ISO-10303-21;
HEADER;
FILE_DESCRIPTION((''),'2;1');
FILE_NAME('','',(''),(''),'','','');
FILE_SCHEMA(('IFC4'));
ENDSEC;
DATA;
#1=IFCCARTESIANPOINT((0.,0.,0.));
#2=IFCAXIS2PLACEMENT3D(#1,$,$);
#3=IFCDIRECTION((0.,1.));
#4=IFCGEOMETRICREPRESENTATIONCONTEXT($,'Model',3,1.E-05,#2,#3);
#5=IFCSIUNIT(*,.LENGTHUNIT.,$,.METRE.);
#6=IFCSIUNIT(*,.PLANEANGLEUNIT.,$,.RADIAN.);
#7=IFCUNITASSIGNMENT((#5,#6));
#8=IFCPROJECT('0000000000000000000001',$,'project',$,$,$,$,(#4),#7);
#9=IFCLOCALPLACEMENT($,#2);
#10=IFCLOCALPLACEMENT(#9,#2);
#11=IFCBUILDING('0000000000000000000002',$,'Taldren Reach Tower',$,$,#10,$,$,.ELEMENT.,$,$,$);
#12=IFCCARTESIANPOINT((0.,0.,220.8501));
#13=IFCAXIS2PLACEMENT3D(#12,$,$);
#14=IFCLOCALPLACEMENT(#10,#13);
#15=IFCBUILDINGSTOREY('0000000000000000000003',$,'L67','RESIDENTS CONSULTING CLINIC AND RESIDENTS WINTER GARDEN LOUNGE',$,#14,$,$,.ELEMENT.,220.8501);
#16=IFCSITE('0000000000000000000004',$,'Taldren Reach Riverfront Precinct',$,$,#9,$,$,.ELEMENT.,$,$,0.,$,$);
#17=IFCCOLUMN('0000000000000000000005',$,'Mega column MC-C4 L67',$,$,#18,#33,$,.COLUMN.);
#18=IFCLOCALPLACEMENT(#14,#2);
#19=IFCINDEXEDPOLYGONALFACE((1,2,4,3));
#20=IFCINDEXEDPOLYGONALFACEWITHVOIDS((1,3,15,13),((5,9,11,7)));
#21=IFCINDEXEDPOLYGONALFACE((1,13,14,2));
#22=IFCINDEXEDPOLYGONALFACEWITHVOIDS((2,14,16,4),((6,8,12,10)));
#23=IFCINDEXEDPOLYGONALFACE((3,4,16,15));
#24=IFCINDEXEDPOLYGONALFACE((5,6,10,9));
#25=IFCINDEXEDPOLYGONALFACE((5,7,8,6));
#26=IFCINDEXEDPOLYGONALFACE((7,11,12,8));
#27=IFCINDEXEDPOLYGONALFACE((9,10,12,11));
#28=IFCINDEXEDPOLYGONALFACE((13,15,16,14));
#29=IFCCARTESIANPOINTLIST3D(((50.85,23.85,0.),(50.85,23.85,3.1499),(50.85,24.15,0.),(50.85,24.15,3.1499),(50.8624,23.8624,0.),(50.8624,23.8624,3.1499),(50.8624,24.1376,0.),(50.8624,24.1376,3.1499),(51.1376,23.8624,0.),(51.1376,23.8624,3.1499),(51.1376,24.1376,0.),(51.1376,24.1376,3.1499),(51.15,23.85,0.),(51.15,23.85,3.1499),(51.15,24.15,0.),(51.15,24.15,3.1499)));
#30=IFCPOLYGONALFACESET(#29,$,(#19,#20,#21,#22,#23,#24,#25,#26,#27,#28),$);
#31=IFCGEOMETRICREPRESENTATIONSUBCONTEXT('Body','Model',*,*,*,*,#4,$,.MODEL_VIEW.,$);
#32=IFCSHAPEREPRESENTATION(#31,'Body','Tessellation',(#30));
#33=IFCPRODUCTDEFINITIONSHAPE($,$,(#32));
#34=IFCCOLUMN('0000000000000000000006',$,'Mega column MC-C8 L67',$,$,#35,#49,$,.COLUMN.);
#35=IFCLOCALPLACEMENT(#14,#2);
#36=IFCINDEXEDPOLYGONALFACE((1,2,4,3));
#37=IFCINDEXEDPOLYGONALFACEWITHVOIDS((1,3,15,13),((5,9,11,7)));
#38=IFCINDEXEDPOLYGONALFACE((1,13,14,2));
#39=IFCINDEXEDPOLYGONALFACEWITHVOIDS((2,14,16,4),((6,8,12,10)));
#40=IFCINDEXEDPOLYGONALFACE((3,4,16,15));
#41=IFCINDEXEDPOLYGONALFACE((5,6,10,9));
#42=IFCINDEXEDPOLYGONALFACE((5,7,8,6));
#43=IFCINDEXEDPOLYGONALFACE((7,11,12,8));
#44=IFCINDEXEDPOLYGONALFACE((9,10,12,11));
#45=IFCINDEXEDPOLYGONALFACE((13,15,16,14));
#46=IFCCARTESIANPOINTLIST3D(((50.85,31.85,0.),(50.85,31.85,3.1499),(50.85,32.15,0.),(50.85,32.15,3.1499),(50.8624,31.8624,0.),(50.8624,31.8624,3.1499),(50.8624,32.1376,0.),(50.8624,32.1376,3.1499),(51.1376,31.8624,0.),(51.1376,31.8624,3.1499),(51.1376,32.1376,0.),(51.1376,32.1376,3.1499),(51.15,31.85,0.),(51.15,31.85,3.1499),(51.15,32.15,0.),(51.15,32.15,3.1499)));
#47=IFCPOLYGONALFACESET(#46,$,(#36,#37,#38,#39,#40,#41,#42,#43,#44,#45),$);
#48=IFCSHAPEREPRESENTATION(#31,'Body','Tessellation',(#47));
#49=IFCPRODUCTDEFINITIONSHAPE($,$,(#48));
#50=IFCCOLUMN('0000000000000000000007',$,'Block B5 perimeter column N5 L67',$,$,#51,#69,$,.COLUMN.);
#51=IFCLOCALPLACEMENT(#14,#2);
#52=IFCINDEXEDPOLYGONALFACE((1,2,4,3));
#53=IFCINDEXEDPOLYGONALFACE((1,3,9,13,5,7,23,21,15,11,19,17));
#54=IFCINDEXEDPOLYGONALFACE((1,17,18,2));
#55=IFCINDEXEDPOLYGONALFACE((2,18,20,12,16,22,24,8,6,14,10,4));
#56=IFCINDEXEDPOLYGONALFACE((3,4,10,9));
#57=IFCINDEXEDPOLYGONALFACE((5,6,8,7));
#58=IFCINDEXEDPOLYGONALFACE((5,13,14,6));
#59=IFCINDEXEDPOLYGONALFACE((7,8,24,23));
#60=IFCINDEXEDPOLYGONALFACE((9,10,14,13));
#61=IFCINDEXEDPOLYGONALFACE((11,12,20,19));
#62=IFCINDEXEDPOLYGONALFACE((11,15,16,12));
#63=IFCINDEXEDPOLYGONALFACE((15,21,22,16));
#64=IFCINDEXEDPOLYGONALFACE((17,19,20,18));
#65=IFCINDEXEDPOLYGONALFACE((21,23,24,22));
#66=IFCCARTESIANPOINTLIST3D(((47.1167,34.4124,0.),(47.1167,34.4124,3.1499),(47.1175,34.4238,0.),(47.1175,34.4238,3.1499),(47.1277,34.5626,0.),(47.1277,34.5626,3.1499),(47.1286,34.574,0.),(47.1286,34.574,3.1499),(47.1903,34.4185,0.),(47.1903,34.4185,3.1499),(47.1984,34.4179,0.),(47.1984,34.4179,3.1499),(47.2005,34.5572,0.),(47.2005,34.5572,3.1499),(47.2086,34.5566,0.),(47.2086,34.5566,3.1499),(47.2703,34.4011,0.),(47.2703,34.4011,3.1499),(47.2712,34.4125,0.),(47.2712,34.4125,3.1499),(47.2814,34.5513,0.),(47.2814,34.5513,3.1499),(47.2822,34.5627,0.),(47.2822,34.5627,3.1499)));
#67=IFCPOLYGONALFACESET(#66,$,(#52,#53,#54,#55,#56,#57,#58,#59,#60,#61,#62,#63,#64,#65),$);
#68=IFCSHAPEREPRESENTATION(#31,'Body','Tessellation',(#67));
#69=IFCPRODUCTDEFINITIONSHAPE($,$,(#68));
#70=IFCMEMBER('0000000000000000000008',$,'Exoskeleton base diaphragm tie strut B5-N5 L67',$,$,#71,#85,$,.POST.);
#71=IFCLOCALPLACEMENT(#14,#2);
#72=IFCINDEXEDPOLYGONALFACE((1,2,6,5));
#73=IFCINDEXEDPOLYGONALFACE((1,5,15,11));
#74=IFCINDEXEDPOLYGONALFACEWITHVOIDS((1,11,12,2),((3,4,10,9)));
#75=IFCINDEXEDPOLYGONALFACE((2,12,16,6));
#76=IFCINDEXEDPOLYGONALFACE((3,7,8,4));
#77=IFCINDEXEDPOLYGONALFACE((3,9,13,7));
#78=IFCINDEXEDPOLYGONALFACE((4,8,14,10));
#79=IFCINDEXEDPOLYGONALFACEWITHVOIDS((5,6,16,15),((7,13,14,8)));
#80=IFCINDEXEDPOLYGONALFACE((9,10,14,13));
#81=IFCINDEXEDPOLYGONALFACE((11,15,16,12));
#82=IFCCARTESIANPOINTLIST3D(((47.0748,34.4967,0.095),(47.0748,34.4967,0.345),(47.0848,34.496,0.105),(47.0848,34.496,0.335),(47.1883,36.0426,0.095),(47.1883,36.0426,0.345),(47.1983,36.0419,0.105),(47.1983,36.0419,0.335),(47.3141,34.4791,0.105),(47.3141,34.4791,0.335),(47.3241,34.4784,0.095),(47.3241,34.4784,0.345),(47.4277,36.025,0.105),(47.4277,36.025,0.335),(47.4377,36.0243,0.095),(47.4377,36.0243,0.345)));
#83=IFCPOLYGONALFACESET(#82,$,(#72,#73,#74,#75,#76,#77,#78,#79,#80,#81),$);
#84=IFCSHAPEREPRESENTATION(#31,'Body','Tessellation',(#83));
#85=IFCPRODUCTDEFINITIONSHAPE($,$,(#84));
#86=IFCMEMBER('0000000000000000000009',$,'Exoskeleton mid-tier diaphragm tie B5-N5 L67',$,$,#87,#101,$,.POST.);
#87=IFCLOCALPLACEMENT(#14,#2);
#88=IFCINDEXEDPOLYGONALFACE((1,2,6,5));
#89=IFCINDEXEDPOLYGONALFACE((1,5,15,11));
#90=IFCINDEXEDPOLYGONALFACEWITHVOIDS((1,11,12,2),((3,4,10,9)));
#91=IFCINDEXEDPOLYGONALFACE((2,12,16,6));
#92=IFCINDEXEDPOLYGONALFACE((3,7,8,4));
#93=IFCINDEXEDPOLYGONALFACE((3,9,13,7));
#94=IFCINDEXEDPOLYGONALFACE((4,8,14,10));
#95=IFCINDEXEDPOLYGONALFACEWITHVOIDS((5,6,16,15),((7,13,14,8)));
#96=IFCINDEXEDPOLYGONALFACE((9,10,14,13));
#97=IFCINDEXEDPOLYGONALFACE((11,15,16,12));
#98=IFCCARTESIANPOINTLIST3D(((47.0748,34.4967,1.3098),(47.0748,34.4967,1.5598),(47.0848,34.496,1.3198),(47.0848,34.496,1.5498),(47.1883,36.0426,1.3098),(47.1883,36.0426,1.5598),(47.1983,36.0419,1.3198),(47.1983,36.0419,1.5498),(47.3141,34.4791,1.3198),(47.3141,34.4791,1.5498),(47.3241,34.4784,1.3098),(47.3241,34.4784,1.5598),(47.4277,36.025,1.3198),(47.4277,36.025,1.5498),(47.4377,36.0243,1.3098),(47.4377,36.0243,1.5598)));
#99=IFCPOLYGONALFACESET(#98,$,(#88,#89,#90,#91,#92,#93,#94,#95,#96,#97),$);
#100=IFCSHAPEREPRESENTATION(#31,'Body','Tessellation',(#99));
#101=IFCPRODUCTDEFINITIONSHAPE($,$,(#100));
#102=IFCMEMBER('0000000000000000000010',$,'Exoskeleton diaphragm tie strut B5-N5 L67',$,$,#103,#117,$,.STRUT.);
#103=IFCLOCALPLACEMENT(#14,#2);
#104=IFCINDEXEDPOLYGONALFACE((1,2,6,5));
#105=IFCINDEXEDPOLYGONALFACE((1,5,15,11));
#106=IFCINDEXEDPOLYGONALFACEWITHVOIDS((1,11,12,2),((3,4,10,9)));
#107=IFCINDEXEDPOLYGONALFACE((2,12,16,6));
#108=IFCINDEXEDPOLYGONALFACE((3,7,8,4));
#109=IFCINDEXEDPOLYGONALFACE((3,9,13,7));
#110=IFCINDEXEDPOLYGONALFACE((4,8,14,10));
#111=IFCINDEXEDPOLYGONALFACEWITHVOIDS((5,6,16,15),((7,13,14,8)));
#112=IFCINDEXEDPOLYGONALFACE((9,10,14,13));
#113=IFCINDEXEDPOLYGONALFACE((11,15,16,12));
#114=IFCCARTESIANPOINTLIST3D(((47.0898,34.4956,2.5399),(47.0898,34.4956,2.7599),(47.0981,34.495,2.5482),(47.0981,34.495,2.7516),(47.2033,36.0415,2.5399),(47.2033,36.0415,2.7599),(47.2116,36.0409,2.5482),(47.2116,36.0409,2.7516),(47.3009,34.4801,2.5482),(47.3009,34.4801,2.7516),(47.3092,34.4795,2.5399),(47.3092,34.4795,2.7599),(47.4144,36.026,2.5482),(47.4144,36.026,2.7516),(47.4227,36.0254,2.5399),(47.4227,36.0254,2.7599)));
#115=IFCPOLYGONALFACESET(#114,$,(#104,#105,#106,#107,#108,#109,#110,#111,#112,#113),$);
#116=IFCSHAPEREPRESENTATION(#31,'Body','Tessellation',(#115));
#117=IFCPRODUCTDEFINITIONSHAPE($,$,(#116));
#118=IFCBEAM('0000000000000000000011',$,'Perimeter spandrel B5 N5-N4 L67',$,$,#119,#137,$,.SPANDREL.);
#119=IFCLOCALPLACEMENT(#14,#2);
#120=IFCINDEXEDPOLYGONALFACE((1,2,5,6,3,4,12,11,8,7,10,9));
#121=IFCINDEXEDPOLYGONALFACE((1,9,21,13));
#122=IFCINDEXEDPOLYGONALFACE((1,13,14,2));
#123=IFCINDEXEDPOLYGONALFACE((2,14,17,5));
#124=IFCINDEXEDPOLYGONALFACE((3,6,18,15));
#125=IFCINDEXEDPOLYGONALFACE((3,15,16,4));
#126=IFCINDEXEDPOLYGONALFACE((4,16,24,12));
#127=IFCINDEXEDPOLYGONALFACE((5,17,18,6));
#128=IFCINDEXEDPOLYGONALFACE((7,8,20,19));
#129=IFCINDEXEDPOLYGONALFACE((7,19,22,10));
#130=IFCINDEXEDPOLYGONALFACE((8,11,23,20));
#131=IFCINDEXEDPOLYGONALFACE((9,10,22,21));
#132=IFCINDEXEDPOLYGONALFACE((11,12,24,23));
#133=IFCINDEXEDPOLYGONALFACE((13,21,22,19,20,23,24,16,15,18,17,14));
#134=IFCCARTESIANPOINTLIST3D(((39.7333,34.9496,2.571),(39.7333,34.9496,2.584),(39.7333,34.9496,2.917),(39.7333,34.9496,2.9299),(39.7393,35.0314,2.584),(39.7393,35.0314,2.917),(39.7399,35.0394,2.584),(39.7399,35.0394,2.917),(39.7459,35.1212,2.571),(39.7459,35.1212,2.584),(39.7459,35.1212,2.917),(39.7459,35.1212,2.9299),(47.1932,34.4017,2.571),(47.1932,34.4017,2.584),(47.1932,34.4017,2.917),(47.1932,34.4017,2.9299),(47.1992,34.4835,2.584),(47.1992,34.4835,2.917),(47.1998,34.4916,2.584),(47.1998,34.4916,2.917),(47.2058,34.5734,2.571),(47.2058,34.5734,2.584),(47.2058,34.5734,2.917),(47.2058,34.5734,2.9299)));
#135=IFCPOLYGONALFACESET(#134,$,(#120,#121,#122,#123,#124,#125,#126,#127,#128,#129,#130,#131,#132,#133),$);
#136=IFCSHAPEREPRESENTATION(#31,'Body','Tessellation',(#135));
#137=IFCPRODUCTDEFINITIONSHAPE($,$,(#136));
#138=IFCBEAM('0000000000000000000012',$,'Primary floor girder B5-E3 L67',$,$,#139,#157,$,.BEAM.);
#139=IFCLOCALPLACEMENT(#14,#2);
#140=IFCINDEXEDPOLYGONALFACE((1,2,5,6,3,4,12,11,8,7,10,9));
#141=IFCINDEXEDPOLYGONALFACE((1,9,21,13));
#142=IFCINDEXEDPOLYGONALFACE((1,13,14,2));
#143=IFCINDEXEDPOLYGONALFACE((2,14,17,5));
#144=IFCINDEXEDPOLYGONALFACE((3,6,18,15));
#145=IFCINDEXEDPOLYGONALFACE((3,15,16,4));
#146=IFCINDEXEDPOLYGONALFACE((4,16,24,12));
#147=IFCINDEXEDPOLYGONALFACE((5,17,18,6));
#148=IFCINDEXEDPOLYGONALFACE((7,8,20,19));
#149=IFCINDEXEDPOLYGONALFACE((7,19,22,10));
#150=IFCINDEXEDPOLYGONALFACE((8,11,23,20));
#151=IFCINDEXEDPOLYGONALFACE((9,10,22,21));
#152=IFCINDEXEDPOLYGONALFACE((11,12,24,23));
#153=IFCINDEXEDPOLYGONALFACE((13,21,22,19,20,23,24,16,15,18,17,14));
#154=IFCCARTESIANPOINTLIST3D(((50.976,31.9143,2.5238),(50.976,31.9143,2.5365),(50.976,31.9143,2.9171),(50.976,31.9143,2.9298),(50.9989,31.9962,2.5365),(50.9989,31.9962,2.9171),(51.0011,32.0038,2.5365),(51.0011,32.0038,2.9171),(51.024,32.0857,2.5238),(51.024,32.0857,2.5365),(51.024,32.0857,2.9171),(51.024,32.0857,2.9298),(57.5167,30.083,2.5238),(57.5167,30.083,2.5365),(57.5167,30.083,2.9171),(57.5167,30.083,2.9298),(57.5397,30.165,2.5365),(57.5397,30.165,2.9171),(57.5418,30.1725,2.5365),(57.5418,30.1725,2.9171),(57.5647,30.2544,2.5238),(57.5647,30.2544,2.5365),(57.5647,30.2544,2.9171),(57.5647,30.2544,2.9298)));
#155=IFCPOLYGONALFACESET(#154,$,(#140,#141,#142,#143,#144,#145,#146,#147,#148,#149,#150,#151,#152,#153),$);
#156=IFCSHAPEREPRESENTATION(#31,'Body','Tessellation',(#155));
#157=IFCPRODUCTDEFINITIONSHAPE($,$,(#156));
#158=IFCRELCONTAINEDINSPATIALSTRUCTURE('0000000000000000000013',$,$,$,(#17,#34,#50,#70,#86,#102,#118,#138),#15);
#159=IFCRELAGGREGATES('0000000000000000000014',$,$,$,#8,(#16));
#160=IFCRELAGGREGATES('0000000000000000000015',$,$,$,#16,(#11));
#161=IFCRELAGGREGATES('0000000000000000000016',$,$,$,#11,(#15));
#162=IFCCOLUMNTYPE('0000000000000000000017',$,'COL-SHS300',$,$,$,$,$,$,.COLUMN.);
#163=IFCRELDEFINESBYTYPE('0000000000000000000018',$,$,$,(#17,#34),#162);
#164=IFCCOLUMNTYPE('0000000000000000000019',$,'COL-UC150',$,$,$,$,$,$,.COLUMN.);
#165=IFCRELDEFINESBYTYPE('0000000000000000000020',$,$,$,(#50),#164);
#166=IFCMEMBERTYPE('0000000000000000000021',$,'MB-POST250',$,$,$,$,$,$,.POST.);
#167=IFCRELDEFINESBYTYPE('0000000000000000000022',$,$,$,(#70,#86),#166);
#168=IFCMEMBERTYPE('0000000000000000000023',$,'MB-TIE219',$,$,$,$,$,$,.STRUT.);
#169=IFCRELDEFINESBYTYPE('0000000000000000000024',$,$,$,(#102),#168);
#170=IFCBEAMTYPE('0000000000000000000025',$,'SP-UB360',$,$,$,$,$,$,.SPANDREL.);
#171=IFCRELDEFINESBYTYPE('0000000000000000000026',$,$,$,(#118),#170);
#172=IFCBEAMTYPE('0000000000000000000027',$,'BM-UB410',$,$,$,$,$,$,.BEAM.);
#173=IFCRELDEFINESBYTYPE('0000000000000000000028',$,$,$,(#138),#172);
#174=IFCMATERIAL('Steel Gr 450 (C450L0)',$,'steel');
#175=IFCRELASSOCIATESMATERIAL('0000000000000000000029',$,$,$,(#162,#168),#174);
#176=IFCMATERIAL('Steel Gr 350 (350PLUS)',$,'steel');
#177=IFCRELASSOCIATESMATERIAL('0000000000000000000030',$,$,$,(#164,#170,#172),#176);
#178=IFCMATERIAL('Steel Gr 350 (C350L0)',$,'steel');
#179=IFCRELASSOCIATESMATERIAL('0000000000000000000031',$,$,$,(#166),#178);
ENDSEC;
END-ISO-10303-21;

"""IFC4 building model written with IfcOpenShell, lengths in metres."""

from ifc_helpers import new_model, si_unit, direction, frame, origin, origin_2d, place, context, subcontext, project, spatial, hollow_rectangle, i_section, extrude, source, transform, mapped, material, material_profile, profile_set, type_object, element, save


model = new_model("IFC4")

# Units and contexts
model_context = context("Model", 3, precision=1e-05, world=origin(), true_north=direction((0.0, 1.0)))
body_context = subcontext(model_context, "Body", "Model", "MODEL_VIEW")
ifc_project = project(units=[si_unit("LENGTHUNIT", "METRE"), si_unit("PLANEANGLEUNIT", "RADIAN")], contexts=[model_context])

# Site, building, storey
site_placement = place(None, origin())
site = spatial("IfcSite", under=ifc_project, at=site_placement, Name="Taldren Reach Riverfront Precinct", CompositionType="ELEMENT", RefElevation=0.0)
building_placement = place(site_placement, origin())
building = spatial("IfcBuilding", under=site, at=building_placement, Name="Taldren Reach Tower", CompositionType="ELEMENT")
storey_placement = place(building_placement, frame((0.0, 0.0, 220.8501)))
storey = spatial("IfcBuildingStorey", under=building, at=storey_placement, Name="L67", Description="RESIDENTS CONSULTING CLINIC AND RESIDENTS WINTER GARDEN LOUNGE", CompositionType="ELEMENT", Elevation=220.8501)

# Columns
ifc_material_1 = material(Name="Steel Gr 450 (C450L0)", Category="steel")
ifc_material_profile_1 = material_profile(ifc_material_1, hollow_rectangle(XDim=0.3, YDim=0.3, WallThickness=0.0125, at=origin_2d()), Name="300x300x12.5SHS")
ifc_profile_set_1 = profile_set([ifc_material_profile_1], Name="Steel Gr 450 (C450L0)")
column_type_1 = type_object("IfcColumnType", Name="COL-SHS300", PredefinedType="COLUMN", material=ifc_profile_set_1)
shared_shape_1 = source(origin(), body_context, "Body", "SweptSolid", [
    extrude(hollow_rectangle(XDim=0.3, YDim=0.3, WallThickness=0.0125, at=origin_2d()), origin(), (0.0, 0.0, 1.0), 3.1499),
])
for number, where, z_axis, x_axis, name in (
    (1, (51.0, 24.0, 0.0), (0.0, 0.0, 1.0), (1.0, 0.0, 0.0), "Mega column MC-C4 L67"),
    (2, (51.0, 32.0, 0.0), (0.0, 0.0, 1.0), (1.0, 0.0, 0.0), "Mega column MC-C8 L67"),
):
    element("IfcColumn", number, at=place(storey_placement, frame(where, z_axis=z_axis, x_axis=x_axis)), inside=storey, type_object=column_type_1, Name=name, PredefinedType="COLUMN", context=body_context, shape_type="MappedRepresentation", body=[
        mapped(shared_shape_1, transform((0.0, 0.0, 0.0), scale=1.0)),
    ])
ifc_material_2 = material(Name="Steel Gr 350 (350PLUS)", Category="steel")
ifc_material_profile_2 = material_profile(ifc_material_2, i_section(OverallWidth=0.1541, OverallDepth=0.1621, WebThickness=0.0081, FlangeThickness=0.0115, at=origin_2d()), Name="150UC37.2")
ifc_profile_set_2 = profile_set([ifc_material_profile_2], Name="Steel Gr 350 (350PLUS)")
column_type_2 = type_object("IfcColumnType", Name="COL-UC150", PredefinedType="COLUMN", material=ifc_profile_set_2)
shared_shape_2 = source(origin(), body_context, "Body", "SweptSolid", [
    extrude(i_section(OverallWidth=0.1541, OverallDepth=0.1621, WebThickness=0.0081, FlangeThickness=0.0115, at=origin_2d()), origin(), (0.0, 0.0, 1.0), 3.1499),
])
column_placement = place(storey_placement, frame((47.1995, 34.4875, 0.0), z_axis=(0.0, 0.0, 1.0), x_axis=(0.997314, -0.073238, 0.0)))
element("IfcColumn", 3, at=column_placement, inside=storey, type_object=column_type_2, Name="Block B5 perimeter column N5 L67", PredefinedType="COLUMN", context=body_context, shape_type="MappedRepresentation", body=[
    mapped(shared_shape_2, transform((0.0, 0.0, 0.0), scale=1.0)),
])

# Members
ifc_material_3 = material(Name="Steel Gr 350 (C350L0)", Category="steel")
ifc_material_profile_3 = material_profile(ifc_material_3, hollow_rectangle(XDim=0.25, YDim=0.25, WallThickness=0.01, at=origin_2d()), Name="250x250x10.0SHS")
ifc_profile_set_3 = profile_set([ifc_material_profile_3], Name="Steel Gr 350 (C350L0)")
member_type_1 = type_object("IfcMemberType", Name="MB-POST250", PredefinedType="POST", material=ifc_profile_set_3)
shared_shape_3 = source(origin(), body_context, "Body", "SweptSolid", [
    extrude(hollow_rectangle(XDim=0.25, YDim=0.25, WallThickness=0.01, at=origin_2d()), origin(), (0.0, 0.0, 1.0), 1.55),
])
for number, where, z_axis, x_axis, name in (
    (4, (47.1995, 34.4875, 0.22), (0.073239, 0.997314, 0.0), (-0.997314, 0.073239, 0.0), "Exoskeleton base diaphragm tie strut B5-N5 L67"),
    (5, (47.1995, 34.4875, 1.4348), (0.073239, 0.997314, 0.0), (-0.997314, 0.073239, 0.0), "Exoskeleton mid-tier diaphragm tie B5-N5 L67"),
):
    element("IfcMember", number, at=place(storey_placement, frame(where, z_axis=z_axis, x_axis=x_axis)), inside=storey, type_object=member_type_1, Name=name, PredefinedType="POST", context=body_context, shape_type="MappedRepresentation", body=[
        mapped(shared_shape_3, transform((0.0, 0.0, 0.0), scale=1.0)),
    ])
ifc_material_profile_4 = material_profile(ifc_material_1, hollow_rectangle(XDim=0.22, YDim=0.22, WallThickness=0.0083, at=origin_2d()), Name="220x220x8.2SHS")
ifc_profile_set_4 = profile_set([ifc_material_profile_4], Name="Steel Gr 450 (C450L0)")
member_type_2 = type_object("IfcMemberType", Name="MB-TIE219", PredefinedType="STRUT", material=ifc_profile_set_4)
shared_shape_4 = source(origin(), body_context, "Body", "SweptSolid", [
    extrude(hollow_rectangle(XDim=0.22, YDim=0.22, WallThickness=0.0083, at=origin_2d()), origin(), (0.0, 0.0, 1.0), 1.55),
])
member_1_placement = place(storey_placement, frame((47.1995, 34.4875, 2.6499), z_axis=(0.073239, 0.997314, 0.0), x_axis=(-0.997314, 0.073239, 0.0)))
element("IfcMember", 6, at=member_1_placement, inside=storey, type_object=member_type_2, Name="Exoskeleton diaphragm tie strut B5-N5 L67", PredefinedType="STRUT", context=body_context, shape_type="MappedRepresentation", body=[
    mapped(shared_shape_4, transform((0.0, 0.0, 0.0), scale=1.0)),
])

# Beams
ifc_material_profile_5 = material_profile(ifc_material_2, i_section(OverallWidth=0.1721, OverallDepth=0.3589, WebThickness=0.0081, FlangeThickness=0.0129, at=origin_2d()), Name="360UB56.7")
ifc_profile_set_5 = profile_set([ifc_material_profile_5], Name="Steel Gr 350 (350PLUS)")
beam_type_1 = type_object("IfcBeamType", Name="SP-UB360", PredefinedType="SPANDREL", material=ifc_profile_set_5)
shared_shape_5 = source(origin(), body_context, "Body", "SweptSolid", [
    extrude(i_section(OverallWidth=0.1721, OverallDepth=0.3589, WebThickness=0.0081, FlangeThickness=0.0129, at=origin_2d()), origin(), (0.0, 0.0, 1.0), 7.48),
])
beam_1_placement = place(storey_placement, frame((47.1995, 34.4875, 2.7505), z_axis=(-0.997314, 0.073242, 0.0), x_axis=(-0.073242, -0.997314, 0.0)))
element("IfcBeam", 7, at=beam_1_placement, inside=storey, type_object=beam_type_1, Name="Perimeter spandrel B5 N5-N4 L67", PredefinedType="SPANDREL", context=body_context, shape_type="MappedRepresentation", body=[
    mapped(shared_shape_5, transform((0.0, 0.0, 0.0), scale=1.0)),
])
ifc_material_profile_6 = material_profile(ifc_material_2, i_section(OverallWidth=0.178, OverallDepth=0.406, WebThickness=0.0078, FlangeThickness=0.0127, at=origin_2d()), Name="410UB59.7")
ifc_profile_set_6 = profile_set([ifc_material_profile_6], Name="Steel Gr 350 (350PLUS)")
beam_type_2 = type_object("IfcBeamType", Name="BM-UB410", PredefinedType="BEAM", material=ifc_profile_set_6)
shared_shape_6 = source(origin(), body_context, "Body", "SweptSolid", [
    extrude(i_section(OverallWidth=0.178, OverallDepth=0.406, WebThickness=0.0078, FlangeThickness=0.0127, at=origin_2d()), origin(), (0.0, 0.0, 1.0), 6.7922),
])
beam_2_placement = place(storey_placement, frame((51.0, 32.0, 2.7268), z_axis=(0.962968, -0.269614, 0.0), x_axis=(0.269614, 0.962968, 0.0)))
element("IfcBeam", 8, at=beam_2_placement, inside=storey, type_object=beam_type_2, Name="Primary floor girder B5-E3 L67", PredefinedType="BEAM", context=body_context, shape_type="MappedRepresentation", body=[
    mapped(shared_shape_6, transform((0.0, 0.0, 0.0), scale=1.0)),
])

save(model, "model.ifc")
